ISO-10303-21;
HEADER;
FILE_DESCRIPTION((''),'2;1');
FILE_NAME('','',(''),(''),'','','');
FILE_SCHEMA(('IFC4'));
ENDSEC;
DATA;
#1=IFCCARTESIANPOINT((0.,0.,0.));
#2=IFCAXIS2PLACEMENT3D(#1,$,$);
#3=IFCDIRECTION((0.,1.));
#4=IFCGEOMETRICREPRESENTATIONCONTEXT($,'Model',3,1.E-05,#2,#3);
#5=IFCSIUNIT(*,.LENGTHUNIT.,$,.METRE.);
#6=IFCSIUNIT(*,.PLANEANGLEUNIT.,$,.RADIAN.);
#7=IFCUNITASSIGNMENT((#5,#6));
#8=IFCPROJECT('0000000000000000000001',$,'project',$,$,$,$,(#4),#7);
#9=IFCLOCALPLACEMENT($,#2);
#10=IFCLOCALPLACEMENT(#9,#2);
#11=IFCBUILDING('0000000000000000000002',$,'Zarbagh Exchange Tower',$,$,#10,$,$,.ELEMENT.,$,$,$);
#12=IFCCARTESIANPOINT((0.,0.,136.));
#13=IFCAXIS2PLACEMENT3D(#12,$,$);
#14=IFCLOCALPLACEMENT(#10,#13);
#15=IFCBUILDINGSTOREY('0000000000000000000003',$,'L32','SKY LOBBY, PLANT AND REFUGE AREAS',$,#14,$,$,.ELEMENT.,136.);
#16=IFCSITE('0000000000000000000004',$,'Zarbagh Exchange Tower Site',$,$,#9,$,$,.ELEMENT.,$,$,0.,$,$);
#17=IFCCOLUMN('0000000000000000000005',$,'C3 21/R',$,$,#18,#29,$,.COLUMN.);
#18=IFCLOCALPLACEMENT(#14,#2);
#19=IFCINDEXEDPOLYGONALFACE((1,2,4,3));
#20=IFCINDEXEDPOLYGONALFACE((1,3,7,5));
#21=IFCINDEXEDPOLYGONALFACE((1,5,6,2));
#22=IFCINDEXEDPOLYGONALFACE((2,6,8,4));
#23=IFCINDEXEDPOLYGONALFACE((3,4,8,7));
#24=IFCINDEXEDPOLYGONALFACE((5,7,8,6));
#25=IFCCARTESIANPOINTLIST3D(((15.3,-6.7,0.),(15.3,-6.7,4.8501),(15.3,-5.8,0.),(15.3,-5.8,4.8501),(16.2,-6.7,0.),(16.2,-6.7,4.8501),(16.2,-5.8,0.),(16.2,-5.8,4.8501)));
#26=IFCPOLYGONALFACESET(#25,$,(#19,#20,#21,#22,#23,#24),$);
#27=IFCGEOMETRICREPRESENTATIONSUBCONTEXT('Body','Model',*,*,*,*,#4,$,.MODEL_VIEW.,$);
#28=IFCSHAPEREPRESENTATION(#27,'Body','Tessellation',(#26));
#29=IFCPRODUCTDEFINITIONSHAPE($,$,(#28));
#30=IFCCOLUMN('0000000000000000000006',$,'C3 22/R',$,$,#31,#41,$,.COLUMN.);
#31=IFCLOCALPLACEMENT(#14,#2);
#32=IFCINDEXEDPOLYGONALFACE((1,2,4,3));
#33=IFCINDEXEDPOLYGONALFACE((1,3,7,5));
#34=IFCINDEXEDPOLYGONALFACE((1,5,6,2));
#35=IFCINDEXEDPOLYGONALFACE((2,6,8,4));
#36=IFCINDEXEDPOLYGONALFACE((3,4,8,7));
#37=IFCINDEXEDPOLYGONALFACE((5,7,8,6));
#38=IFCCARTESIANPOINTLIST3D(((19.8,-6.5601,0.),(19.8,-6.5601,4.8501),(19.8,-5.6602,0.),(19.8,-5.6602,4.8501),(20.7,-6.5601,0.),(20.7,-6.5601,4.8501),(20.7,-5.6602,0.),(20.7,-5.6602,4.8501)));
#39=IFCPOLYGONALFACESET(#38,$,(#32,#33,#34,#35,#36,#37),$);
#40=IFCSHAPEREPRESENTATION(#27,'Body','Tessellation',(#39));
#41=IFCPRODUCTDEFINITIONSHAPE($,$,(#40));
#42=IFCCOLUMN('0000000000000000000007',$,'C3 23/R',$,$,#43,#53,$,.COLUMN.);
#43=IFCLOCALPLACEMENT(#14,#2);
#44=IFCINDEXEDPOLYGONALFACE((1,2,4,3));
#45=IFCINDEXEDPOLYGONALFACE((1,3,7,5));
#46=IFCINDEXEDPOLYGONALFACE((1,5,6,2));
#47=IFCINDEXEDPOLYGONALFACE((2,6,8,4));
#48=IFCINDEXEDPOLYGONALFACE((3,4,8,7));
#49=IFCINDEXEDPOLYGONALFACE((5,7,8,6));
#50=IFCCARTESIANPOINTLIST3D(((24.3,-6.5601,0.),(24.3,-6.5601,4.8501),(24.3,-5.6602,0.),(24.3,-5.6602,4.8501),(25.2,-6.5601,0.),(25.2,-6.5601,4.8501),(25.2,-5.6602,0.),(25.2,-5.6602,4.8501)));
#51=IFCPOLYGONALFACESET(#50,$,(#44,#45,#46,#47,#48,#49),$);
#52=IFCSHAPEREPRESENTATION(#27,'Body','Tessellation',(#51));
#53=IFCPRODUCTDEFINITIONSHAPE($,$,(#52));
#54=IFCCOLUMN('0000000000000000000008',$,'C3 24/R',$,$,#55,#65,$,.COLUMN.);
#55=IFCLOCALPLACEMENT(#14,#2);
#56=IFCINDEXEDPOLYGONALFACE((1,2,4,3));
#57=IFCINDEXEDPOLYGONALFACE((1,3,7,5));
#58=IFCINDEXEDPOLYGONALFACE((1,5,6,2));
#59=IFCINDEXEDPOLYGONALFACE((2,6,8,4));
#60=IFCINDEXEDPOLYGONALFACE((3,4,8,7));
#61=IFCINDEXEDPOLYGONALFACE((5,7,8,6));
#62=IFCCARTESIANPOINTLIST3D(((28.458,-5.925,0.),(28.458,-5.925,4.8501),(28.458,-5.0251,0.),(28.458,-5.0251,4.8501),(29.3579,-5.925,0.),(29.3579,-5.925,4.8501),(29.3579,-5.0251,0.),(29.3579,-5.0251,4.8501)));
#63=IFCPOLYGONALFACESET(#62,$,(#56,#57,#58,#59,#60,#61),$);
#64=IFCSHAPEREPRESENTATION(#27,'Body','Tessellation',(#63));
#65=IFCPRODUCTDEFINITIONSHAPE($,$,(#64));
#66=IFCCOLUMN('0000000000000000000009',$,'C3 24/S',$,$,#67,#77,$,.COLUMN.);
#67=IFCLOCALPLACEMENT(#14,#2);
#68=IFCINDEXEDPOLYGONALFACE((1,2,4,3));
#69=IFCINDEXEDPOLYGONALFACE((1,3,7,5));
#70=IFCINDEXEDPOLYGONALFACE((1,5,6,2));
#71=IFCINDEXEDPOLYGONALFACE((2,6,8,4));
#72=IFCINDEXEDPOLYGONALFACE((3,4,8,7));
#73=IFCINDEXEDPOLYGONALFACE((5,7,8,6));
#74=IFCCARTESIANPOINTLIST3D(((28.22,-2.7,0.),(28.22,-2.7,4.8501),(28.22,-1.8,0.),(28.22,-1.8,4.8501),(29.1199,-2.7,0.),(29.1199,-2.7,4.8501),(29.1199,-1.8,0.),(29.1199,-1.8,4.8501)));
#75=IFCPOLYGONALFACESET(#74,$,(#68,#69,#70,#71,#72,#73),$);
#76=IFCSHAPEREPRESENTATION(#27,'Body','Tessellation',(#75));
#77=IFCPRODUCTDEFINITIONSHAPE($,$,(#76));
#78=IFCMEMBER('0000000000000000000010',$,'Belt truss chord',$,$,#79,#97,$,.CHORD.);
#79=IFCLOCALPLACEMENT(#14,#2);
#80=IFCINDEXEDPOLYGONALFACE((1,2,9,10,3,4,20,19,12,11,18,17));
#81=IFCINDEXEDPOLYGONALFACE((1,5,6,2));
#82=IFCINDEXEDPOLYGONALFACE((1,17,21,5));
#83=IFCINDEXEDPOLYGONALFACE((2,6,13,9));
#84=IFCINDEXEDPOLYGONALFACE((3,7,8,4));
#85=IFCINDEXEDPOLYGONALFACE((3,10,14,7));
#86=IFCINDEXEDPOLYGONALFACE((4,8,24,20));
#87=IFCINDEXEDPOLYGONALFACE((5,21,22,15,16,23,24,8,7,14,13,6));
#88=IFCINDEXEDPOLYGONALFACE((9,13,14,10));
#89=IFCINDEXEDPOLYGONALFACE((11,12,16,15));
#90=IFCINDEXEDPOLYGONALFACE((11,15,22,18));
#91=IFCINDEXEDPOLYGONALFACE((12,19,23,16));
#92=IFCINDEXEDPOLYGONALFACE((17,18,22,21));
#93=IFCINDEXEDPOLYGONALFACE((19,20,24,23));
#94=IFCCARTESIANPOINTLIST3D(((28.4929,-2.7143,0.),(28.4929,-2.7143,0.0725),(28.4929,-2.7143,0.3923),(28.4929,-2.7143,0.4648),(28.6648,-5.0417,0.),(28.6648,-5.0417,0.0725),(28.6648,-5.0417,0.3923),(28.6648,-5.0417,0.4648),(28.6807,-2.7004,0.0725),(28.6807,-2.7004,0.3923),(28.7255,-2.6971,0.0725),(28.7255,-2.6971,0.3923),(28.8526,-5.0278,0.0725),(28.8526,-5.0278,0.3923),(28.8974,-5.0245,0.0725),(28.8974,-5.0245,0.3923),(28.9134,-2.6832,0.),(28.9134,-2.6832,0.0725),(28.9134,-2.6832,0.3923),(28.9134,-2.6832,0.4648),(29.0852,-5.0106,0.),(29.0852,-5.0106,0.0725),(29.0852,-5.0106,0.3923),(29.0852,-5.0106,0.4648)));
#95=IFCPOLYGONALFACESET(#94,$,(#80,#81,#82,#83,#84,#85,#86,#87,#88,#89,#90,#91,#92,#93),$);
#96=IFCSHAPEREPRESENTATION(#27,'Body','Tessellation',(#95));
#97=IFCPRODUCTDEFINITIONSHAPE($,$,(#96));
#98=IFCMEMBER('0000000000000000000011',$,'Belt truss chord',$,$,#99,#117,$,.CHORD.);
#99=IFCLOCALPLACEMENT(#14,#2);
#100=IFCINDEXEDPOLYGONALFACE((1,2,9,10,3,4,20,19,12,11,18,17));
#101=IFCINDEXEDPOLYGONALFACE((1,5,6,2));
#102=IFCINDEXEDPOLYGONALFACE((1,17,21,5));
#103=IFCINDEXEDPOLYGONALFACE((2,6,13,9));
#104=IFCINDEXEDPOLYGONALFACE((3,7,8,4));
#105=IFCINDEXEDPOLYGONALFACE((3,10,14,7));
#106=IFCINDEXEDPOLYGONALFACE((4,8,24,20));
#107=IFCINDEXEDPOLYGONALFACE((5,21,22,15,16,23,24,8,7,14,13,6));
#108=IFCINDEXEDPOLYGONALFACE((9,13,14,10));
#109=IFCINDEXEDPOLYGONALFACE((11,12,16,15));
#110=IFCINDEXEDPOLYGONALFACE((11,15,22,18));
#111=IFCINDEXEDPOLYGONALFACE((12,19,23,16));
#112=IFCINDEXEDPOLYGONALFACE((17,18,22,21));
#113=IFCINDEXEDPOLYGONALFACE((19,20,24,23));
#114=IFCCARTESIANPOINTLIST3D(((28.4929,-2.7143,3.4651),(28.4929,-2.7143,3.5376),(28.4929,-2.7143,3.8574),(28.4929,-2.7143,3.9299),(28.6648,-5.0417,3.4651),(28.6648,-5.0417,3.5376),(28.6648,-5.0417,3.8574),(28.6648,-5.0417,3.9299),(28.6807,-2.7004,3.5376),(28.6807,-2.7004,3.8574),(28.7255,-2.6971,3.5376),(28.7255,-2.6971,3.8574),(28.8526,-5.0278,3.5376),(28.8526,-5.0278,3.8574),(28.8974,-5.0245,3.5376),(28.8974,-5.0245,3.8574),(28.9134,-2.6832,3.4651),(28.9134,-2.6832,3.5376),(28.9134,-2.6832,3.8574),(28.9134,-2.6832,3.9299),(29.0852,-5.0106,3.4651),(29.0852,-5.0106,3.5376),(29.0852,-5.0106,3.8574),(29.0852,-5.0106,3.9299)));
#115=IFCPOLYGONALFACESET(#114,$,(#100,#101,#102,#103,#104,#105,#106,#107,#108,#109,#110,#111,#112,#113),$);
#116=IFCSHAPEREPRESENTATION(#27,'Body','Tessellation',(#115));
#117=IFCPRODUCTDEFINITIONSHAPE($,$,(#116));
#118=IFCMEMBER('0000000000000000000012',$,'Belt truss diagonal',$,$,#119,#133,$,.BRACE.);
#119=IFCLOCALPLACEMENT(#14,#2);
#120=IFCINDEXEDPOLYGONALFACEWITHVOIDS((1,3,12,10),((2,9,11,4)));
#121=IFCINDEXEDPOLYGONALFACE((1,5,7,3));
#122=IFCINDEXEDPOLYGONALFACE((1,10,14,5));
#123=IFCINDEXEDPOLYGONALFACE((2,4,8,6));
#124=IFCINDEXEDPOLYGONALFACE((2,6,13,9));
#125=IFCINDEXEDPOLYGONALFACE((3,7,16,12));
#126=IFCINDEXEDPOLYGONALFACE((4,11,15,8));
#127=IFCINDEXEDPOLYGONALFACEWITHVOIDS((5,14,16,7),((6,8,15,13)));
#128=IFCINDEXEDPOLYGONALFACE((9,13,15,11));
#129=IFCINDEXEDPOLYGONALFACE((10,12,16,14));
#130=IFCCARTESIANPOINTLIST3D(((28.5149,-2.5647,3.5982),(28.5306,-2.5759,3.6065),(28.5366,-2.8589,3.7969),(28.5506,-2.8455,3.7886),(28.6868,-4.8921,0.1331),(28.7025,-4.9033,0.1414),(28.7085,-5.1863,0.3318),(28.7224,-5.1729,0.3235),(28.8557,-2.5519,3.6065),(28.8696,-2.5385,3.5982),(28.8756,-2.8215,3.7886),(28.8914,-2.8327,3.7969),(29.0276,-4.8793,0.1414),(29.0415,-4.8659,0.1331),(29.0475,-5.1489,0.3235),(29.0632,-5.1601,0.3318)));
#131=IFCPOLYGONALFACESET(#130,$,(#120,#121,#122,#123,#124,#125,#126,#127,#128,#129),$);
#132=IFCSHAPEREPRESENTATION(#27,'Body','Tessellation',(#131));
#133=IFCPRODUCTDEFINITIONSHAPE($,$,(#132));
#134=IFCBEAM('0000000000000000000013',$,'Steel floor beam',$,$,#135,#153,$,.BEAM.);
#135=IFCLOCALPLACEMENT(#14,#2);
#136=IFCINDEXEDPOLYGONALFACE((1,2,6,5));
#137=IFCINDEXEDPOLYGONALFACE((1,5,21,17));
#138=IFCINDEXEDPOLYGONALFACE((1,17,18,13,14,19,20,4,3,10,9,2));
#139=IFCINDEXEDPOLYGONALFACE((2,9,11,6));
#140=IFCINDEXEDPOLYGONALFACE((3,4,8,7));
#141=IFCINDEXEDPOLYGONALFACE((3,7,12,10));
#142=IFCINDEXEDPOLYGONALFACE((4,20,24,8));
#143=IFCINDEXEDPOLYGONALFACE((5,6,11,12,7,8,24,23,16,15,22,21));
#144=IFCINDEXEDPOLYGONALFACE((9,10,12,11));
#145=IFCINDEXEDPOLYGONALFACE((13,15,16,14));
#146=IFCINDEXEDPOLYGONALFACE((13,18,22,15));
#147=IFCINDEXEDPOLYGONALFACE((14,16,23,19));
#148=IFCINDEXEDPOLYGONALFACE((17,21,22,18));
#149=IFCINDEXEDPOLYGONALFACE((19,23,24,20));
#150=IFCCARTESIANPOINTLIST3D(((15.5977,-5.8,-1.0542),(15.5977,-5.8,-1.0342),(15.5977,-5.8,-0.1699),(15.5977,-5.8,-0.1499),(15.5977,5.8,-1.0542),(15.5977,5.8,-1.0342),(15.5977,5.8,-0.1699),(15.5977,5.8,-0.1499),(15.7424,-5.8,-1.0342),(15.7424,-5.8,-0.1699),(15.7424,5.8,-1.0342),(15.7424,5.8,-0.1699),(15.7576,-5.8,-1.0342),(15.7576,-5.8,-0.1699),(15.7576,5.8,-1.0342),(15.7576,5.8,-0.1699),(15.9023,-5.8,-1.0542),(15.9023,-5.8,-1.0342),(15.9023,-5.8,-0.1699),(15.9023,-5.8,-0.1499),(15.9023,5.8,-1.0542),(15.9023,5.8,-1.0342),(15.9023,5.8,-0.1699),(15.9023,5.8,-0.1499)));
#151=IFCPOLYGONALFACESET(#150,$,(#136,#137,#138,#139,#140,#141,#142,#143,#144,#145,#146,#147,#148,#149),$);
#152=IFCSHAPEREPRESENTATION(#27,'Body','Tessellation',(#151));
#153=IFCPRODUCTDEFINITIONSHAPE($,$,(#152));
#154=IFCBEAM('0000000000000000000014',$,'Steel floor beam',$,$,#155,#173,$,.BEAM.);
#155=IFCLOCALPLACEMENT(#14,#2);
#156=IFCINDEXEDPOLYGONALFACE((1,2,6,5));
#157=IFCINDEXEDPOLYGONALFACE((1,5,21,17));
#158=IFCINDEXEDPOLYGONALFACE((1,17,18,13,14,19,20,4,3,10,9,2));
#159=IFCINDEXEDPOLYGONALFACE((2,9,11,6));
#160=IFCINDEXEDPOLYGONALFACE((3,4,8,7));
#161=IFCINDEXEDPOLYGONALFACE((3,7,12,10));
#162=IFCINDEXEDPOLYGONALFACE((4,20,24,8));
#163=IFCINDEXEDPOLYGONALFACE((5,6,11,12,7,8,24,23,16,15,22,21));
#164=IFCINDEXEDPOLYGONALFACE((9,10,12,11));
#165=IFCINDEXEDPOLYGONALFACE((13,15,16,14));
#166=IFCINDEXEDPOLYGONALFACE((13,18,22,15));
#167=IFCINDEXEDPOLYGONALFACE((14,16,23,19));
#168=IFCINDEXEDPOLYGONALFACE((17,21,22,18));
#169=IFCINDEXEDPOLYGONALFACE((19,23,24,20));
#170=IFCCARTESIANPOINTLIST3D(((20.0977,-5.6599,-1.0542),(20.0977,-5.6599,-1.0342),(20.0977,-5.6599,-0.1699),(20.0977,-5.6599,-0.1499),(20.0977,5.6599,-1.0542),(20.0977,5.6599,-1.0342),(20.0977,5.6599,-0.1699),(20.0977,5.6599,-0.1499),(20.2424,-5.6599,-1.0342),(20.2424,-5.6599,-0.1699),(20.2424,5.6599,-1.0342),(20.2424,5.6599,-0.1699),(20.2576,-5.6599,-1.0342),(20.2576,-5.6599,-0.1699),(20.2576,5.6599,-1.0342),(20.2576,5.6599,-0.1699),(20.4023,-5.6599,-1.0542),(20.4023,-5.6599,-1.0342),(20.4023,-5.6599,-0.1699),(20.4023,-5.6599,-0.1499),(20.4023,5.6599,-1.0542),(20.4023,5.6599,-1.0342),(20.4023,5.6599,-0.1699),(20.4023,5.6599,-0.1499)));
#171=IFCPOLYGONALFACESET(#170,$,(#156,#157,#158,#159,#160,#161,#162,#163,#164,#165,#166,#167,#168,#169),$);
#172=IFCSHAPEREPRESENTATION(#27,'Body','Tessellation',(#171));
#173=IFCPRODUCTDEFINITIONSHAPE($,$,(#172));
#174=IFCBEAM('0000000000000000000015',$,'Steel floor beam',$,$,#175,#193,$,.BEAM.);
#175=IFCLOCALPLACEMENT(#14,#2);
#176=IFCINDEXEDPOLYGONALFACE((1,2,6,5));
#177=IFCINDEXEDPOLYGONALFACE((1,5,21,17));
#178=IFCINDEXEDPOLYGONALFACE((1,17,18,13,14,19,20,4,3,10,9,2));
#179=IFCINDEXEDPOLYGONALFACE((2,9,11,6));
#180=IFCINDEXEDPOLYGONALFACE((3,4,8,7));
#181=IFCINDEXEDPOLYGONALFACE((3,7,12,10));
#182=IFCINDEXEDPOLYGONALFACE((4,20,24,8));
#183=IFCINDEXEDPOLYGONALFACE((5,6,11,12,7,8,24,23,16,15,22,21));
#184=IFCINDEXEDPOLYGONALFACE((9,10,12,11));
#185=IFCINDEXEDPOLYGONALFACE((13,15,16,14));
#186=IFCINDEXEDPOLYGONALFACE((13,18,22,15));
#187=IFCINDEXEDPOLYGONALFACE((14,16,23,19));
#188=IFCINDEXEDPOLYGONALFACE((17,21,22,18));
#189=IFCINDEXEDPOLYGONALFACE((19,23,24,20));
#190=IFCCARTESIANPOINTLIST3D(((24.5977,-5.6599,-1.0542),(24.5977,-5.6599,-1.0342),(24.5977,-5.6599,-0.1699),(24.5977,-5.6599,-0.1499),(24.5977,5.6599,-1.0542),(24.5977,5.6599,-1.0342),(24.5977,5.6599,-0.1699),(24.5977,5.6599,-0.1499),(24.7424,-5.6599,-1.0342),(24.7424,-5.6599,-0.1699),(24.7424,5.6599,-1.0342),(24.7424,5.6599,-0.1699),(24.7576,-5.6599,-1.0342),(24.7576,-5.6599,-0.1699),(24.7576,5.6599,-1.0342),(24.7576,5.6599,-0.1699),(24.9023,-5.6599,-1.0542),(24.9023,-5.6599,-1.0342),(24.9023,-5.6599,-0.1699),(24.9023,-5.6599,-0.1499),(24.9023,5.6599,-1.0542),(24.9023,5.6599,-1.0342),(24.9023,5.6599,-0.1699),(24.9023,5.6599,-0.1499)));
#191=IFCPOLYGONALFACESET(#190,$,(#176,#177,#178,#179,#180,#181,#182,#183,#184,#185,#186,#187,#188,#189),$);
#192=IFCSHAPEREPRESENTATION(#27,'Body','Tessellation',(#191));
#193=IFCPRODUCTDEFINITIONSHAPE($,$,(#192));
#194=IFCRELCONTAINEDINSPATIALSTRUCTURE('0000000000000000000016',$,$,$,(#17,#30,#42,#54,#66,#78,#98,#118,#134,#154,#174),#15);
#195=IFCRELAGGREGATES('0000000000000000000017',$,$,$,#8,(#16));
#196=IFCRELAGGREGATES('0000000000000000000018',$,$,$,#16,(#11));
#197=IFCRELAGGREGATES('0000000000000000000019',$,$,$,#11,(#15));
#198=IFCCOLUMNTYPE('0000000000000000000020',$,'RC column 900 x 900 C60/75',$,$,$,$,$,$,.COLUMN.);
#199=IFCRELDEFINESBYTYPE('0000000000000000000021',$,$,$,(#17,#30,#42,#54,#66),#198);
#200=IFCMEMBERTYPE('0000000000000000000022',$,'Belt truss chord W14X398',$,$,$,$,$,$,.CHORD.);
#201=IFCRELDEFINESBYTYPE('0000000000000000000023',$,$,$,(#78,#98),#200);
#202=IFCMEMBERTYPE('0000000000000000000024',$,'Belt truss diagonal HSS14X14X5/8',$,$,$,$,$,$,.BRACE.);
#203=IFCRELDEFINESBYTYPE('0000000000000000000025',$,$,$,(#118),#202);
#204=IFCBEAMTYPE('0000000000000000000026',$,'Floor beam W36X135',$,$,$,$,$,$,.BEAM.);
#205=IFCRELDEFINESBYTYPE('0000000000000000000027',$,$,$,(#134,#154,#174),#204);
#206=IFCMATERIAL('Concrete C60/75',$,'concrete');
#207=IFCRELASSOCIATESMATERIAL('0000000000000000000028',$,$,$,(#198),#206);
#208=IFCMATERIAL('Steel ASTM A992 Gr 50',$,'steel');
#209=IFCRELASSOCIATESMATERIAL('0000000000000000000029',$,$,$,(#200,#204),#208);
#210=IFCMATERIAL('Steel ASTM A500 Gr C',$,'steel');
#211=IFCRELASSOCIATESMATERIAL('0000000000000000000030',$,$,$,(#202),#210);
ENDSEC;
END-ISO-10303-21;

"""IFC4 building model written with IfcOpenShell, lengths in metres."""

from ifc_helpers import new_model, si_unit, direction, frame, origin, origin_2d, place, context, subcontext, project, spatial, rectangle, hollow_rectangle, i_section, extrude, material, material_profile, profile_set, type_object, element, save


model = new_model("IFC4")

# Units and contexts
model_context = context("Model", 3, precision=1e-05, world=origin(), true_north=direction((0.0, 1.0)))
body_context = subcontext(model_context, "Body", "Model", "MODEL_VIEW")
ifc_project = project(units=[si_unit("LENGTHUNIT", "METRE"), si_unit("PLANEANGLEUNIT", "RADIAN")], contexts=[model_context])

# Site, building, storey
site_placement = place(None, origin())
site = spatial("IfcSite", under=ifc_project, at=site_placement, Name="Zarbagh Exchange Tower Site", CompositionType="ELEMENT", RefElevation=0.0)
building_placement = place(site_placement, origin())
building = spatial("IfcBuilding", under=site, at=building_placement, Name="Zarbagh Exchange Tower", CompositionType="ELEMENT")
storey_placement = place(building_placement, frame((0.0, 0.0, 136.0)))
storey = spatial("IfcBuildingStorey", under=building, at=storey_placement, Name="L32", Description="SKY LOBBY, PLANT AND REFUGE AREAS", CompositionType="ELEMENT", Elevation=136.0)

# Columns
ifc_material_1 = material(Name="Concrete C60/75", Category="concrete")
ifc_material_profile_1 = material_profile(ifc_material_1, rectangle(XDim=0.8999, YDim=0.8999, at=origin_2d()), Name="RC column 900 x 900 C60/75")
ifc_profile_set_1 = profile_set([ifc_material_profile_1], Name="Concrete C60/75")
column_type = type_object("IfcColumnType", Name="RC column 900 x 900 C60/75", PredefinedType="COLUMN", material=ifc_profile_set_1)
for number, where, z_axis, x_axis, name in (
    (1, (15.75, -6.25, 0.0), (0.0, 0.0, 1.0), (1.0, 0.0, 0.0), "C3 21/R"),
    (2, (20.25, -6.1101, 0.0), (0.0, 0.0, 1.0), (1.0, 0.0, 0.0), "C3 22/R"),
    (3, (24.75, -6.1101, 0.0), (0.0, 0.0, 1.0), (1.0, 0.0, 0.0), "C3 23/R"),
    (4, (28.908, -5.4751, 0.0), (0.0, 0.0, 1.0), (1.0, 0.0, 0.0), "C3 24/R"),
    (5, (28.6699, -2.25, 0.0), (0.0, 0.0, 1.0), (1.0, 0.0, 0.0), "C3 24/S"),
):
    element("IfcColumn", number, at=place(storey_placement, frame(where, z_axis=z_axis, x_axis=x_axis)), inside=storey, type_object=column_type, Name=name, PredefinedType="COLUMN", context=body_context, shape_type="SweptSolid", body=[
        extrude(rectangle(XDim=0.8999, YDim=0.8999, at=origin_2d()), origin(), (0.0, 0.0, 1.0), 4.8501),
    ])

# Members
ifc_material_2 = material(Name="Steel ASTM A992 Gr 50", Category="steel")
ifc_material_profile_2 = material_profile(ifc_material_2, i_section(OverallWidth=0.4216, OverallDepth=0.4648, WebThickness=0.0449, FlangeThickness=0.0725, at=origin_2d()), Name="W14X398")
ifc_profile_set_2 = profile_set([ifc_material_profile_2], Name="Steel ASTM A992 Gr 50")
member_type_1 = type_object("IfcMemberType", Name="Belt truss chord W14X398", PredefinedType="CHORD", material=ifc_profile_set_2)
for number, where, z_axis, x_axis, name in (
    (6, (28.7031, -2.6987, 0.2324), (0.073648, -0.997284, 0.0), (0.997284, 0.073648, 0.0), "Belt truss chord"),
    (7, (28.7031, -2.6987, 3.6975), (0.073648, -0.997284, 0.0), (0.997284, 0.073648, 0.0), "Belt truss chord"),
):
    element("IfcMember", number, at=place(storey_placement, frame(where, z_axis=z_axis, x_axis=x_axis)), inside=storey, type_object=member_type_1, Name=name, PredefinedType="CHORD", context=body_context, shape_type="SweptSolid", body=[
        extrude(i_section(OverallWidth=0.4216, OverallDepth=0.4648, WebThickness=0.0449, FlangeThickness=0.0725, at=origin_2d()), origin(), (0.0, 0.0, 1.0), 2.3337),
    ])
ifc_material_3 = material(Name="Steel ASTM A500 Gr C", Category="steel")
ifc_material_profile_3 = material_profile(ifc_material_3, hollow_rectangle(XDim=0.3557, YDim=0.3557, WallThickness=0.0149, at=origin_2d()), Name="HSS14X14X5/8")
ifc_profile_set_3 = profile_set([ifc_material_profile_3], Name="Steel ASTM A500 Gr C")
member_type_2 = type_object("IfcMemberType", Name="Belt truss diagonal HSS14X14X5/8", PredefinedType="BRACE", material=ifc_profile_set_3)
member_1_placement = place(storey_placement, frame((28.875, -5.0261, 0.2324), z_axis=(-0.041141, 0.5571, 0.829426), x_axis=(-0.997284, -0.073648, 0.0)))
element("IfcMember", 8, at=member_1_placement, inside=storey, type_object=member_type_2, Name="Belt truss diagonal", PredefinedType="BRACE", context=body_context, shape_type="SweptSolid", body=[
    extrude(hollow_rectangle(XDim=0.3557, YDim=0.3557, WallThickness=0.0149, at=origin_2d()), origin(), (0.0, 0.0, 1.0), 4.1777),
])

# Beams
ifc_material_profile_4 = material_profile(ifc_material_2, i_section(OverallWidth=0.3047, OverallDepth=0.9043, WebThickness=0.0151, FlangeThickness=0.02, at=origin_2d()), Name="W36X135")
ifc_profile_set_4 = profile_set([ifc_material_profile_4], Name="Steel ASTM A992 Gr 50")
beam_type_1 = type_object("IfcBeamType", Name="Floor beam W36X135", PredefinedType="BEAM", material=ifc_profile_set_4)
beam_1_placement = place(storey_placement, frame((15.75, -5.8, -0.6021), z_axis=(0.0, 1.0, 0.0), x_axis=(-1.0, 0.0, 0.0)))
element("IfcBeam", 9, at=beam_1_placement, inside=storey, type_object=beam_type_1, Name="Steel floor beam", PredefinedType="BEAM", context=body_context, shape_type="SweptSolid", body=[
    extrude(i_section(OverallWidth=0.3047, OverallDepth=0.9043, WebThickness=0.0151, FlangeThickness=0.02, at=origin_2d()), origin(), (0.0, 0.0, 1.0), 11.6001),
])
for number, where, z_axis, x_axis, name in (
    (10, (20.25, -5.6599, -0.6021), (0.0, 1.0, 0.0), (-1.0, 0.0, 0.0), "Steel floor beam"),
    (11, (24.75, -5.6599, -0.6021), (0.0, 1.0, 0.0), (-1.0, 0.0, 0.0), "Steel floor beam"),
):
    element("IfcBeam", number, at=place(storey_placement, frame(where, z_axis=z_axis, x_axis=x_axis)), inside=storey, type_object=beam_type_1, Name=name, PredefinedType="BEAM", context=body_context, shape_type="SweptSolid", body=[
        extrude(i_section(OverallWidth=0.3047, OverallDepth=0.9043, WebThickness=0.0151, FlangeThickness=0.02, at=origin_2d()), origin(), (0.0, 0.0, 1.0), 11.3198),
    ])

save(model, "model.ifc")
